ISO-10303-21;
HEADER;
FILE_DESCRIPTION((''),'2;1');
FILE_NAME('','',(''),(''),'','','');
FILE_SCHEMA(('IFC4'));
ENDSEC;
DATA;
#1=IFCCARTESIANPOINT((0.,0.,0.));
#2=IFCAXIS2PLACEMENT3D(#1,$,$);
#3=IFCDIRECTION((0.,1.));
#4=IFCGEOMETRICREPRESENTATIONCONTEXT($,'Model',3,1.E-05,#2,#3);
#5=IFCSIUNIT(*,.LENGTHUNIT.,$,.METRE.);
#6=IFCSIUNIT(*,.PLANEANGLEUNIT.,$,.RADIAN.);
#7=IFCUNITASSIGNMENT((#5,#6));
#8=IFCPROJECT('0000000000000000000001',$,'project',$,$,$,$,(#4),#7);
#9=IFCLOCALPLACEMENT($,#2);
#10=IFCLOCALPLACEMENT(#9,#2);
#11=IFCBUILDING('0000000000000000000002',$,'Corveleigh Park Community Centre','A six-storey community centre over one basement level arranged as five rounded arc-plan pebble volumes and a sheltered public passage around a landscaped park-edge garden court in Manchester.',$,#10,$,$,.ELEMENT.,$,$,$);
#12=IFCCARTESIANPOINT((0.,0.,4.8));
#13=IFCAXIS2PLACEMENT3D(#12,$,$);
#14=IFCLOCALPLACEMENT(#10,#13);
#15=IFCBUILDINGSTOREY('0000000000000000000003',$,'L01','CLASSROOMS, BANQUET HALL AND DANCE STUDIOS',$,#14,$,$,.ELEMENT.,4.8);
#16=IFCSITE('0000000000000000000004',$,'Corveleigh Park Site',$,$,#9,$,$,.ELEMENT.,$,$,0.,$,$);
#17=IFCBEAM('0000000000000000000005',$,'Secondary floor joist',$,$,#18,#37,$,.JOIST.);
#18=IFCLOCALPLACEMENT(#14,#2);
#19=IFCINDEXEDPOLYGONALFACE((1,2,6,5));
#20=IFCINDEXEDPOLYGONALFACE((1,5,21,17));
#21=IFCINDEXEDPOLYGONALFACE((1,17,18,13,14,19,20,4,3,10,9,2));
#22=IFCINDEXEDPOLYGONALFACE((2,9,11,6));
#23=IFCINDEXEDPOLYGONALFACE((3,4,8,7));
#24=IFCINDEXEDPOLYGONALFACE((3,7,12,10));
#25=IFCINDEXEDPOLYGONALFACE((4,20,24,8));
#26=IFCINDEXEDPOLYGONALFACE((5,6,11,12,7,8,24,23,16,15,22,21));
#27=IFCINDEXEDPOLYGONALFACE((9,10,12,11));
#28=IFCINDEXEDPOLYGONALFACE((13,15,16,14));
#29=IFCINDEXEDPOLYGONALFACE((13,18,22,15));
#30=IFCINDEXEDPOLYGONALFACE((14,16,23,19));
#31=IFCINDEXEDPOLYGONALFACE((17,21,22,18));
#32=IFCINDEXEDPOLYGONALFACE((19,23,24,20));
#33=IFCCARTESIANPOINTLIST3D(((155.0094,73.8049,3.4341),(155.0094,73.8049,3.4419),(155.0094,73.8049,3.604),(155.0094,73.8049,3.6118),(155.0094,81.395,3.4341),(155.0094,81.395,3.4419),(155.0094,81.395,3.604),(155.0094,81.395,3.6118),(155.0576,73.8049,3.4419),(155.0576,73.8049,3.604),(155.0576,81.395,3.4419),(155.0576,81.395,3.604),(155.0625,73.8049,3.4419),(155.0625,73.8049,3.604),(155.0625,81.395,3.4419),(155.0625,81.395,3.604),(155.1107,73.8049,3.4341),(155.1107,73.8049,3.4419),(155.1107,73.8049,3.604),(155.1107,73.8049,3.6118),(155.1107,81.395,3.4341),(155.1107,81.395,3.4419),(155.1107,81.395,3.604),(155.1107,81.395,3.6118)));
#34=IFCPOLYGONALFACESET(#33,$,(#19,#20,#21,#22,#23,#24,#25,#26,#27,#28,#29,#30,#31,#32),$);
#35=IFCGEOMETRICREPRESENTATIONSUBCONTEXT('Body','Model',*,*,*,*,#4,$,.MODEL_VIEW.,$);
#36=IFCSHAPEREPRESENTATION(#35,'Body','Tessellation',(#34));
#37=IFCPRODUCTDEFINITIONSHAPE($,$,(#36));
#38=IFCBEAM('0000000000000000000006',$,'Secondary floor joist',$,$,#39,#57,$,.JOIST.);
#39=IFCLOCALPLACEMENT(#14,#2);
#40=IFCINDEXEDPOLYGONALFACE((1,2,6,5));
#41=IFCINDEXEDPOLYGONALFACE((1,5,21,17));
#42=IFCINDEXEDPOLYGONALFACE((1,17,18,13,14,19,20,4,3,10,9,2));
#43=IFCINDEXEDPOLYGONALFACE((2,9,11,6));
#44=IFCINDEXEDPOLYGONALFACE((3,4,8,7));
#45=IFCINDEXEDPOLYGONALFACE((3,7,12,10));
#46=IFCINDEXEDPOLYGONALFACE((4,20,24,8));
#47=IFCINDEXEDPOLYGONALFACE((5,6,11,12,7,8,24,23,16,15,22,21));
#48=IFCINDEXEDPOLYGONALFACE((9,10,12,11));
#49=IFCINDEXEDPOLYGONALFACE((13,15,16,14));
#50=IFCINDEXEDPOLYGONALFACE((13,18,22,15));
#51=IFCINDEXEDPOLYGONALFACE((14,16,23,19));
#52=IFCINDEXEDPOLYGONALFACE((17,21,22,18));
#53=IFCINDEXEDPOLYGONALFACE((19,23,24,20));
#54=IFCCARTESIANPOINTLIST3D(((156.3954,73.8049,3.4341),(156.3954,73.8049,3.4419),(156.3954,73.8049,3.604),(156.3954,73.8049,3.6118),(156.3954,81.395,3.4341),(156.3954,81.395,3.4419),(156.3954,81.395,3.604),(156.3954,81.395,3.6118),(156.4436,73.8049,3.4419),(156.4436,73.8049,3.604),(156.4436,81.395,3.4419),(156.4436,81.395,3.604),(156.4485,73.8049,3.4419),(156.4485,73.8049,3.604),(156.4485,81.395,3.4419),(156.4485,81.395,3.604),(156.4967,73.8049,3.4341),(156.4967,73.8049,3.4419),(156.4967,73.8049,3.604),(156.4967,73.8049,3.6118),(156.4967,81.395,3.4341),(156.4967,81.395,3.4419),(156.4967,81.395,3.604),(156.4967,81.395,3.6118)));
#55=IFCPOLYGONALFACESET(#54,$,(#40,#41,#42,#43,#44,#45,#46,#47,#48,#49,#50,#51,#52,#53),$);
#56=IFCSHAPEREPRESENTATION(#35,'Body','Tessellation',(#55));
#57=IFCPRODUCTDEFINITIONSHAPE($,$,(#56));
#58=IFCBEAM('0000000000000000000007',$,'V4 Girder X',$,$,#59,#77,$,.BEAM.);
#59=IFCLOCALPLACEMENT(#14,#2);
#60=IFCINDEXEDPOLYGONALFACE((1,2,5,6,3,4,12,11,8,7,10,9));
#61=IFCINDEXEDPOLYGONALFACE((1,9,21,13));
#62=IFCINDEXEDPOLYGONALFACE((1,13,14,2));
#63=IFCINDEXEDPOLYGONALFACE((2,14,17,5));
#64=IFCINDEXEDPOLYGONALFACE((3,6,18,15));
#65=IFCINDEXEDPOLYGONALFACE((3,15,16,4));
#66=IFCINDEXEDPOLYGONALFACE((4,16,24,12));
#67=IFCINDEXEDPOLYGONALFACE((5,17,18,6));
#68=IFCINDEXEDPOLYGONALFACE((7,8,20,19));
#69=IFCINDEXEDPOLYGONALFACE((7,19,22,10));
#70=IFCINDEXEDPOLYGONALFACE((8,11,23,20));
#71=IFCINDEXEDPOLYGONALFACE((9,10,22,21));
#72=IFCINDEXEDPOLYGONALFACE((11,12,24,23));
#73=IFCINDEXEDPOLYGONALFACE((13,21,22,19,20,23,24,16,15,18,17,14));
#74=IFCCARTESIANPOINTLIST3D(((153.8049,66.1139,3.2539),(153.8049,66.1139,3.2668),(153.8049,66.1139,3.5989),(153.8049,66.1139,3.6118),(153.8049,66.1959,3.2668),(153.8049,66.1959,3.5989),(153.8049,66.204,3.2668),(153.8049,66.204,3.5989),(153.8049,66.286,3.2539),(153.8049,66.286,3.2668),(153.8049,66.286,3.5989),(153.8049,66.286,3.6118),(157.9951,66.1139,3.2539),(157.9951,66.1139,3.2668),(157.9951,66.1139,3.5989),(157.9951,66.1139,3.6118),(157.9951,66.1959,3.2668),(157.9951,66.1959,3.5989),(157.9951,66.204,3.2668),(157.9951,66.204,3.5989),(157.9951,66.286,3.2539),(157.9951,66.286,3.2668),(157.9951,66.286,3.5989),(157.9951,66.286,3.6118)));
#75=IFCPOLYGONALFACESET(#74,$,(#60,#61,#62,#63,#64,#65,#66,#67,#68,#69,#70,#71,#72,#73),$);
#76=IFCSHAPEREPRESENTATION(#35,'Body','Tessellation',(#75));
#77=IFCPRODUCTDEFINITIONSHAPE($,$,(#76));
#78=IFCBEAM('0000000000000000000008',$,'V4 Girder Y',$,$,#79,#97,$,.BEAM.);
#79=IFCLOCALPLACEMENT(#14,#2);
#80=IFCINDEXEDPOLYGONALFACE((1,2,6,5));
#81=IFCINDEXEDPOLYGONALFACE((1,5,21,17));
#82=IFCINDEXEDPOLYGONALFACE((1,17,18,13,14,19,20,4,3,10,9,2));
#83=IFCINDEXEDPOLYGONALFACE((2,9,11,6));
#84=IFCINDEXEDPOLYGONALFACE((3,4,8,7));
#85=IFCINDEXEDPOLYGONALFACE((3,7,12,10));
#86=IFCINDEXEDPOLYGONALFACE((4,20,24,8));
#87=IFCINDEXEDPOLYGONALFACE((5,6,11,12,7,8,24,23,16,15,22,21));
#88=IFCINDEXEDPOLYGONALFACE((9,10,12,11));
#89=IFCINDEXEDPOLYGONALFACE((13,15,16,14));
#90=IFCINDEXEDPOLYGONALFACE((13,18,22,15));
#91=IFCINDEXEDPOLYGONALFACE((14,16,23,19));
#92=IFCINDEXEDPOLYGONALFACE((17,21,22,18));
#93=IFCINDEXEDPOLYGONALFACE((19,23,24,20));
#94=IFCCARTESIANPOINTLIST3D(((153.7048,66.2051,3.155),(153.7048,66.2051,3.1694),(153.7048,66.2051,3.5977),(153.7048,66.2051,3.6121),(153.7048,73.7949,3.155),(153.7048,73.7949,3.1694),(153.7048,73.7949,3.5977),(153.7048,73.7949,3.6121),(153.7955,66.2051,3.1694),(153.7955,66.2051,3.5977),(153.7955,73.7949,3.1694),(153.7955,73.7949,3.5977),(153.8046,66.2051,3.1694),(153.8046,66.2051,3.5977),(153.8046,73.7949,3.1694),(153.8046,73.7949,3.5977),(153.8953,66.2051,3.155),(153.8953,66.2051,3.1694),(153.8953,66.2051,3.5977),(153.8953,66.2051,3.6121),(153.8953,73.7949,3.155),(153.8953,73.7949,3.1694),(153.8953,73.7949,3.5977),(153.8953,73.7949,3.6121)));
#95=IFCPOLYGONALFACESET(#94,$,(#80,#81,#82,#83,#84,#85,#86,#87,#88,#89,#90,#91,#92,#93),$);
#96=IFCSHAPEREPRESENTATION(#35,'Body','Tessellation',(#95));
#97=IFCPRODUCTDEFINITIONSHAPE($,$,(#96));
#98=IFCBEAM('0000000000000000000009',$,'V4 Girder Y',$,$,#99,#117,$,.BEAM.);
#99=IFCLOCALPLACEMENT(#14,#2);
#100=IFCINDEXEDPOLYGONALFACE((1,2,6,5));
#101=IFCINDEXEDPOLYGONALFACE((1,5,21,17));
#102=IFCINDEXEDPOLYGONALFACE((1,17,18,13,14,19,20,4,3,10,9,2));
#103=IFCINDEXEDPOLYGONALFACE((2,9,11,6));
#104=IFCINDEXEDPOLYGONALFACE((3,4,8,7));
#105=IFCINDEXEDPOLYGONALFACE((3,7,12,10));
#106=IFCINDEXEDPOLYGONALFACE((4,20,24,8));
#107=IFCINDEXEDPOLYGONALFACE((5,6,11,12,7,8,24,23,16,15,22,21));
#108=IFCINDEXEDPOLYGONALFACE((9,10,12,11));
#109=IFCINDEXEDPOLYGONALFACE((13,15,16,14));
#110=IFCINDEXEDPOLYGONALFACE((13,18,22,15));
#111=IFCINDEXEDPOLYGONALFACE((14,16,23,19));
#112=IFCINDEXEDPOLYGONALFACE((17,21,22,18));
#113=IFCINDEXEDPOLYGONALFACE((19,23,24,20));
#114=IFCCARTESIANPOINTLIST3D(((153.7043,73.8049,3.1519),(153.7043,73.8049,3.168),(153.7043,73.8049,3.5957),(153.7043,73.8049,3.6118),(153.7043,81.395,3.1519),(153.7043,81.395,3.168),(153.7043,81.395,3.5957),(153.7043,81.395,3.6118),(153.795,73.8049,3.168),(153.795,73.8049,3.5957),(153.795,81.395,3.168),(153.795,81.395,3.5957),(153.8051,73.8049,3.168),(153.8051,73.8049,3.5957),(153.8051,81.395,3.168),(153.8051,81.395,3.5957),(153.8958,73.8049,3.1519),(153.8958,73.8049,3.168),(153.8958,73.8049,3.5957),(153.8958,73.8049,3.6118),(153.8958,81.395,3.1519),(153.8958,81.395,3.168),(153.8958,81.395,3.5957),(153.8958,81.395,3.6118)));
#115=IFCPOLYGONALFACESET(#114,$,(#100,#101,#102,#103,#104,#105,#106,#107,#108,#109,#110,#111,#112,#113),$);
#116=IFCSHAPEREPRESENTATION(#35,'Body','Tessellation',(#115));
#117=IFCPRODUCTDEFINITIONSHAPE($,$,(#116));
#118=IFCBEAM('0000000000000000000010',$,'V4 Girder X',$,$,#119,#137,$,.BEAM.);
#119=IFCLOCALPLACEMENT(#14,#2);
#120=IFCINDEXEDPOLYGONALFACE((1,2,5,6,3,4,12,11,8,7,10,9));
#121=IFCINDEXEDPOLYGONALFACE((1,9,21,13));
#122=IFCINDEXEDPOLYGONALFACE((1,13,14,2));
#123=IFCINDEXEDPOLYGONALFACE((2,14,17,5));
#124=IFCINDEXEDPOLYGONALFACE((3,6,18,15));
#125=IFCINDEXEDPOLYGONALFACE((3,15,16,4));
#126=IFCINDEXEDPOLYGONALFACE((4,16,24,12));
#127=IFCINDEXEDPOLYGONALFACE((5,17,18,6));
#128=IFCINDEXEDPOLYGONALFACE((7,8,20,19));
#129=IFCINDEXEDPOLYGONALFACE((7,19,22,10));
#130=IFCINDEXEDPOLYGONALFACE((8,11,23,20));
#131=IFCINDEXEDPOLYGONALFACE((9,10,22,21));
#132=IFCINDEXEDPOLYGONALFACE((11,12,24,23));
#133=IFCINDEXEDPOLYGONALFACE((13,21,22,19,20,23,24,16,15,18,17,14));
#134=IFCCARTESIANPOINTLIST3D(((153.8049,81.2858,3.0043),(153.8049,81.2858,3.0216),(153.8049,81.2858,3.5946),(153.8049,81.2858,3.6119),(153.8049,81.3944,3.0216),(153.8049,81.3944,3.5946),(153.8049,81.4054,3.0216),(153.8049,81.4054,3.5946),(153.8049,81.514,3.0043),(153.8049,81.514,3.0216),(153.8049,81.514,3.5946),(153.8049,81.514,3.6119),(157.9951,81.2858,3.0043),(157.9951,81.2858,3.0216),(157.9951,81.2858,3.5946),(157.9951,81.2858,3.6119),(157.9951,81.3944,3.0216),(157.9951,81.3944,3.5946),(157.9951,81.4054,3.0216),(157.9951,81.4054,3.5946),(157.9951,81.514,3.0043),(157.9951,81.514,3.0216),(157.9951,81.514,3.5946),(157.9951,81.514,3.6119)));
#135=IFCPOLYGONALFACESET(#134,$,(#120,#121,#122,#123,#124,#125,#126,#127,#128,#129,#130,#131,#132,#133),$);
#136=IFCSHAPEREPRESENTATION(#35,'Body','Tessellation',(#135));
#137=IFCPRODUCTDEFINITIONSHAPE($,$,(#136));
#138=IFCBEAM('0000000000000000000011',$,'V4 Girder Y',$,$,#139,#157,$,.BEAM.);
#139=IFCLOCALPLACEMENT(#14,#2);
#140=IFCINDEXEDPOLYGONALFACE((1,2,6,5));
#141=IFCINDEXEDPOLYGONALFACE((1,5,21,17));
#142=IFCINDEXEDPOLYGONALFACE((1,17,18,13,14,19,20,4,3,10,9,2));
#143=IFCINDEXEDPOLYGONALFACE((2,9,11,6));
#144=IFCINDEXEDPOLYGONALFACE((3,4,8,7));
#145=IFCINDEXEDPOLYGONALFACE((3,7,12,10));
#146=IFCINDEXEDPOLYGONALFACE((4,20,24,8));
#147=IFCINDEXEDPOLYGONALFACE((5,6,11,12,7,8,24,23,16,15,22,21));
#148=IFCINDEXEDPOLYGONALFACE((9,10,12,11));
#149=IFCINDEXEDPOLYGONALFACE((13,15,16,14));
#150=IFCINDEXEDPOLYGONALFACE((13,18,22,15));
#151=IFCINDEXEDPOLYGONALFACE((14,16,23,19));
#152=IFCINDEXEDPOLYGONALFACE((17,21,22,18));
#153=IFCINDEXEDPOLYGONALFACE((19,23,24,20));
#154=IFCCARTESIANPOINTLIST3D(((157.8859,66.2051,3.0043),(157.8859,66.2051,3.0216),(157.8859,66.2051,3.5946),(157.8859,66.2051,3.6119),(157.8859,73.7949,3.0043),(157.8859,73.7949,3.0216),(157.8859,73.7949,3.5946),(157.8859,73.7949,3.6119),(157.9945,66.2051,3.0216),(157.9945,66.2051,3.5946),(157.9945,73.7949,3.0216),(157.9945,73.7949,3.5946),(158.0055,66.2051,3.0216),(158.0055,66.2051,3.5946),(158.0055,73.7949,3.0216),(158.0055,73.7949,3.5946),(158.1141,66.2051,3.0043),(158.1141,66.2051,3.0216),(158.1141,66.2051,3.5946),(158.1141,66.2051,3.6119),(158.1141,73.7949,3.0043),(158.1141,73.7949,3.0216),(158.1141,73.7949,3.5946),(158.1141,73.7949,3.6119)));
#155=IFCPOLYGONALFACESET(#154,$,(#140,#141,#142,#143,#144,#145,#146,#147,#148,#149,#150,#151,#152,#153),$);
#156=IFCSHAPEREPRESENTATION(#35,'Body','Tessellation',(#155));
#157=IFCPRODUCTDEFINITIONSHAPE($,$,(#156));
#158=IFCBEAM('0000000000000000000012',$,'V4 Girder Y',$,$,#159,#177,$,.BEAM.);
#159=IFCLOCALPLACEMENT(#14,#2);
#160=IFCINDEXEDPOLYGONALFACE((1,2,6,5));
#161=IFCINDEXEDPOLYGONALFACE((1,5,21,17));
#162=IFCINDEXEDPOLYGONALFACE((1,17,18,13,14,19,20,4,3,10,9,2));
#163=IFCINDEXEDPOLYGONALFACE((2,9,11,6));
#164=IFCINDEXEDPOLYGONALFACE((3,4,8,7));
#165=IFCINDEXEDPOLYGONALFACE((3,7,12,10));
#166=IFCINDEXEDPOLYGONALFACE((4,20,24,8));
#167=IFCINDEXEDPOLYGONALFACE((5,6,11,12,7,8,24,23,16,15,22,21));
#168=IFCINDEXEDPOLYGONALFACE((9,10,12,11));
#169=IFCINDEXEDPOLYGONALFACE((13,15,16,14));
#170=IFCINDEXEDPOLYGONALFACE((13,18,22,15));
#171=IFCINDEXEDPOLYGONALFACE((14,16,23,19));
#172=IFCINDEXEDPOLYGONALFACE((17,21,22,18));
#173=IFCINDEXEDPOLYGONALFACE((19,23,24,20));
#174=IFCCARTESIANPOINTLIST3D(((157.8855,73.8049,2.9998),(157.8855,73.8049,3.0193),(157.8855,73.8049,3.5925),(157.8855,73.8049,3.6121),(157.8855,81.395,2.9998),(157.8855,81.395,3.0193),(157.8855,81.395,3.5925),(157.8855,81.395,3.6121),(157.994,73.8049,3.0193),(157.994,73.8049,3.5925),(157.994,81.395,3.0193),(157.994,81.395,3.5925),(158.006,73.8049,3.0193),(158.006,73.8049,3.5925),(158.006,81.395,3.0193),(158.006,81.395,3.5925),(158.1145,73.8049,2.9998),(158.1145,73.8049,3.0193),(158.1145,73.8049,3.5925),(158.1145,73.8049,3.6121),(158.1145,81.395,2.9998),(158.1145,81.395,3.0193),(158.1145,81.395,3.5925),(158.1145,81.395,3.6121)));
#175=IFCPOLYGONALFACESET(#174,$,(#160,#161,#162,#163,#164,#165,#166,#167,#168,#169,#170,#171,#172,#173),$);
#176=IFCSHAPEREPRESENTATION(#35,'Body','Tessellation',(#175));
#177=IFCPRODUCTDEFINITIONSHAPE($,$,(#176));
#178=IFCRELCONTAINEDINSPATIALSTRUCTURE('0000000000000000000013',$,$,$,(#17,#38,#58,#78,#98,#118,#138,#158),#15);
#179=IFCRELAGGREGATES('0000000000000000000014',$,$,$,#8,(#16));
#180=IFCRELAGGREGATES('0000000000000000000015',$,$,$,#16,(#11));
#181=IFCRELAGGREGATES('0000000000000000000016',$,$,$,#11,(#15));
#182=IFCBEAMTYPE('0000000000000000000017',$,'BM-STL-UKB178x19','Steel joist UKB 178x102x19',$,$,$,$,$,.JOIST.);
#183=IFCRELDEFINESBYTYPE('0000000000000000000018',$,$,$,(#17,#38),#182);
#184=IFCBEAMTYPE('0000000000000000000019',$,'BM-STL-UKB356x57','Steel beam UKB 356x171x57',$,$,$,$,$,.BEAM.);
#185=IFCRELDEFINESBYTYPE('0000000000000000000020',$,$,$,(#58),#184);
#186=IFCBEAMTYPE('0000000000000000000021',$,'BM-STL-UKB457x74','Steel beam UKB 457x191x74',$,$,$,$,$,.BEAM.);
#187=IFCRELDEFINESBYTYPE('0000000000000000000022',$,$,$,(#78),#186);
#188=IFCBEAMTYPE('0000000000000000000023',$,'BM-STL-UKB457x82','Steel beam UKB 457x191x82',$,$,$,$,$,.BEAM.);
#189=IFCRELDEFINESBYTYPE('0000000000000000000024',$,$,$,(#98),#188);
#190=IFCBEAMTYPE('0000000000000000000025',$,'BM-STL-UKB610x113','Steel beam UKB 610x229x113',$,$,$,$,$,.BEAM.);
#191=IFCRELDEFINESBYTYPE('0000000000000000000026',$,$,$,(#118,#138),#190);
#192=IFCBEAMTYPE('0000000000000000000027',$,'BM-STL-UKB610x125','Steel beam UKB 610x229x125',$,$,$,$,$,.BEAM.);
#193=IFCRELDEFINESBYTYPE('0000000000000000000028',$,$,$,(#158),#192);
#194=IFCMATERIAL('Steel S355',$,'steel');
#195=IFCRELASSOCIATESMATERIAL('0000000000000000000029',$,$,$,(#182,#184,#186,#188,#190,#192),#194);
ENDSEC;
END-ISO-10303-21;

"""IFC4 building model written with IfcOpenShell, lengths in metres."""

from ifc_helpers import new_model, si_unit, direction, frame, origin, origin_2d, place, context, subcontext, project, spatial, i_section, extrude, material, material_profile, profile_set, type_object, element, save


model = new_model("IFC4")

# Units and contexts
model_context = context("Model", 3, precision=1e-05, world=origin(), true_north=direction((0.0, 1.0)))
body_context = subcontext(model_context, "Body", "Model", "MODEL_VIEW")
ifc_project = project(units=[si_unit("LENGTHUNIT", "METRE"), si_unit("PLANEANGLEUNIT", "RADIAN")], contexts=[model_context])

# Site, building, storey
site_placement = place(None, origin())
site = spatial("IfcSite", under=ifc_project, at=site_placement, Name="Corveleigh Park Site", CompositionType="ELEMENT", RefElevation=0.0)
building_placement = place(site_placement, origin())
building = spatial("IfcBuilding", under=site, at=building_placement, Name="Corveleigh Park Community Centre", Description="A six-storey community centre over one basement level arranged as five rounded arc-plan pebble volumes and a sheltered public passage around a landscaped park-edge garden court in Manchester.", CompositionType="ELEMENT")
storey_placement = place(building_placement, frame((0.0, 0.0, 4.8)))
storey = spatial("IfcBuildingStorey", under=building, at=storey_placement, Name="L01", Description="CLASSROOMS, BANQUET HALL AND DANCE STUDIOS", CompositionType="ELEMENT", Elevation=4.8)

# Shared definitions
ifc_material_1 = material(Name="Steel S355", Category="steel")

# Beams
ifc_material_profile_1 = material_profile(ifc_material_1, i_section(OverallWidth=0.1013, OverallDepth=0.1777, WebThickness=0.0049, FlangeThickness=0.0078, at=origin_2d()), Name="UKB 178x102x19", Category="steel")
ifc_profile_set_1 = profile_set([ifc_material_profile_1], Name="Steel S355")
beam_type_1 = type_object("IfcBeamType", Name="BM-STL-UKB178x19", Description="Steel joist UKB 178x102x19", PredefinedType="JOIST", material=ifc_profile_set_1)
for number, where, z_axis, x_axis, name in (
    (1, (155.0601, 73.8049, 3.5229), (0.0, 1.0, 0.0), (-1.0, 0.0, 0.0), "Secondary floor joist"),
    (2, (156.446, 73.8049, 3.5229), (0.0, 1.0, 0.0), (-1.0, 0.0, 0.0), "Secondary floor joist"),
):
    element("IfcBeam", number, at=place(storey_placement, frame(where, z_axis=z_axis, x_axis=x_axis)), inside=storey, type_object=beam_type_1, Name=name, PredefinedType="JOIST", context=body_context, shape_type="SweptSolid", body=[
        extrude(i_section(OverallWidth=0.1013, OverallDepth=0.1777, WebThickness=0.0049, FlangeThickness=0.0078, at=origin_2d()), origin(), (0.0, 0.0, 1.0), 7.5901),
    ])
ifc_material_profile_2 = material_profile(ifc_material_1, i_section(OverallWidth=0.1721, OverallDepth=0.3579, WebThickness=0.0081, FlangeThickness=0.0129, at=origin_2d()), Name="UKB 356x171x57", Category="steel")
ifc_profile_set_2 = profile_set([ifc_material_profile_2], Name="Steel S355")
beam_type_2 = type_object("IfcBeamType", Name="BM-STL-UKB356x57", Description="Steel beam UKB 356x171x57", PredefinedType="BEAM", material=ifc_profile_set_2)
beam_1_placement = place(storey_placement, frame((153.8049, 66.2, 3.4329), z_axis=(1.0, 0.0, 0.0), x_axis=(0.0, 1.0, 0.0)))
element("IfcBeam", 3, at=beam_1_placement, inside=storey, type_object=beam_type_2, Name="V4 Girder X", PredefinedType="BEAM", context=body_context, shape_type="SweptSolid", body=[
    extrude(i_section(OverallWidth=0.1721, OverallDepth=0.3579, WebThickness=0.0081, FlangeThickness=0.0129, at=origin_2d()), origin(), (0.0, 0.0, 1.0), 4.1902),
])
ifc_material_profile_3 = material_profile(ifc_material_1, i_section(OverallWidth=0.1904, OverallDepth=0.457, WebThickness=0.009, FlangeThickness=0.0144, at=origin_2d()), Name="UKB 457x191x74", Category="steel")
ifc_profile_set_3 = profile_set([ifc_material_profile_3], Name="Steel S355")
beam_type_3 = type_object("IfcBeamType", Name="BM-STL-UKB457x74", Description="Steel beam UKB 457x191x74", PredefinedType="BEAM", material=ifc_profile_set_3)
beam_2_placement = place(storey_placement, frame((153.8, 66.2051, 3.3835), z_axis=(0.0, 1.0, 0.0), x_axis=(-1.0, 0.0, 0.0)))
element("IfcBeam", 4, at=beam_2_placement, inside=storey, type_object=beam_type_3, Name="V4 Girder Y", PredefinedType="BEAM", context=body_context, shape_type="SweptSolid", body=[
    extrude(i_section(OverallWidth=0.1904, OverallDepth=0.457, WebThickness=0.009, FlangeThickness=0.0144, at=origin_2d()), origin(), (0.0, 0.0, 1.0), 7.5898),
])
ifc_material_profile_4 = material_profile(ifc_material_1, i_section(OverallWidth=0.1914, OverallDepth=0.46, WebThickness=0.01, FlangeThickness=0.0161, at=origin_2d()), Name="UKB 457x191x82", Category="steel")
ifc_profile_set_4 = profile_set([ifc_material_profile_4], Name="Steel S355")
beam_type_4 = type_object("IfcBeamType", Name="BM-STL-UKB457x82", Description="Steel beam UKB 457x191x82", PredefinedType="BEAM", material=ifc_profile_set_4)
beam_3_placement = place(storey_placement, frame((153.8, 73.8049, 3.3818), z_axis=(0.0, 1.0, 0.0), x_axis=(-1.0, 0.0, 0.0)))
element("IfcBeam", 5, at=beam_3_placement, inside=storey, type_object=beam_type_4, Name="V4 Girder Y", PredefinedType="BEAM", context=body_context, shape_type="SweptSolid", body=[
    extrude(i_section(OverallWidth=0.1914, OverallDepth=0.46, WebThickness=0.01, FlangeThickness=0.0161, at=origin_2d()), origin(), (0.0, 0.0, 1.0), 7.5901),
])
ifc_material_profile_5 = material_profile(ifc_material_1, i_section(OverallWidth=0.2283, OverallDepth=0.6077, WebThickness=0.011, FlangeThickness=0.0173, at=origin_2d()), Name="UKB 610x229x113", Category="steel")
ifc_profile_set_5 = profile_set([ifc_material_profile_5], Name="Steel S355")
beam_type_5 = type_object("IfcBeamType", Name="BM-STL-UKB610x113", Description="Steel beam UKB 610x229x113", PredefinedType="BEAM", material=ifc_profile_set_5)
beam_4_placement = place(storey_placement, frame((153.8049, 81.3999, 3.3081), z_axis=(1.0, 0.0, 0.0), x_axis=(0.0, 1.0, 0.0)))
element("IfcBeam", 6, at=beam_4_placement, inside=storey, type_object=beam_type_5, Name="V4 Girder X", PredefinedType="BEAM", context=body_context, shape_type="SweptSolid", body=[
    extrude(i_section(OverallWidth=0.2283, OverallDepth=0.6077, WebThickness=0.011, FlangeThickness=0.0173, at=origin_2d()), origin(), (0.0, 0.0, 1.0), 4.1902),
])
beam_5_placement = place(storey_placement, frame((158.0, 66.2051, 3.3081), z_axis=(0.0, 1.0, 0.0), x_axis=(-1.0, 0.0, 0.0)))
element("IfcBeam", 7, at=beam_5_placement, inside=storey, type_object=beam_type_5, Name="V4 Girder Y", PredefinedType="BEAM", context=body_context, shape_type="SweptSolid", body=[
    extrude(i_section(OverallWidth=0.2283, OverallDepth=0.6077, WebThickness=0.011, FlangeThickness=0.0173, at=origin_2d()), origin(), (0.0, 0.0, 1.0), 7.5898),
])
ifc_material_profile_6 = material_profile(ifc_material_1, i_section(OverallWidth=0.229, OverallDepth=0.6123, WebThickness=0.012, FlangeThickness=0.0195, at=origin_2d()), Name="UKB 610x229x125", Category="steel")
ifc_profile_set_6 = profile_set([ifc_material_profile_6], Name="Steel S355")
beam_type_6 = type_object("IfcBeamType", Name="BM-STL-UKB610x125", Description="Steel beam UKB 610x229x125", PredefinedType="BEAM", material=ifc_profile_set_6)
beam_6_placement = place(storey_placement, frame((158.0, 73.8049, 3.3059), z_axis=(0.0, 1.0, 0.0), x_axis=(-1.0, 0.0, 0.0)))
element("IfcBeam", 8, at=beam_6_placement, inside=storey, type_object=beam_type_6, Name="V4 Girder Y", PredefinedType="BEAM", context=body_context, shape_type="SweptSolid", body=[
    extrude(i_section(OverallWidth=0.229, OverallDepth=0.6123, WebThickness=0.012, FlangeThickness=0.0195, at=origin_2d()), origin(), (0.0, 0.0, 1.0), 7.5901),
])

save(model, "model.ifc")
